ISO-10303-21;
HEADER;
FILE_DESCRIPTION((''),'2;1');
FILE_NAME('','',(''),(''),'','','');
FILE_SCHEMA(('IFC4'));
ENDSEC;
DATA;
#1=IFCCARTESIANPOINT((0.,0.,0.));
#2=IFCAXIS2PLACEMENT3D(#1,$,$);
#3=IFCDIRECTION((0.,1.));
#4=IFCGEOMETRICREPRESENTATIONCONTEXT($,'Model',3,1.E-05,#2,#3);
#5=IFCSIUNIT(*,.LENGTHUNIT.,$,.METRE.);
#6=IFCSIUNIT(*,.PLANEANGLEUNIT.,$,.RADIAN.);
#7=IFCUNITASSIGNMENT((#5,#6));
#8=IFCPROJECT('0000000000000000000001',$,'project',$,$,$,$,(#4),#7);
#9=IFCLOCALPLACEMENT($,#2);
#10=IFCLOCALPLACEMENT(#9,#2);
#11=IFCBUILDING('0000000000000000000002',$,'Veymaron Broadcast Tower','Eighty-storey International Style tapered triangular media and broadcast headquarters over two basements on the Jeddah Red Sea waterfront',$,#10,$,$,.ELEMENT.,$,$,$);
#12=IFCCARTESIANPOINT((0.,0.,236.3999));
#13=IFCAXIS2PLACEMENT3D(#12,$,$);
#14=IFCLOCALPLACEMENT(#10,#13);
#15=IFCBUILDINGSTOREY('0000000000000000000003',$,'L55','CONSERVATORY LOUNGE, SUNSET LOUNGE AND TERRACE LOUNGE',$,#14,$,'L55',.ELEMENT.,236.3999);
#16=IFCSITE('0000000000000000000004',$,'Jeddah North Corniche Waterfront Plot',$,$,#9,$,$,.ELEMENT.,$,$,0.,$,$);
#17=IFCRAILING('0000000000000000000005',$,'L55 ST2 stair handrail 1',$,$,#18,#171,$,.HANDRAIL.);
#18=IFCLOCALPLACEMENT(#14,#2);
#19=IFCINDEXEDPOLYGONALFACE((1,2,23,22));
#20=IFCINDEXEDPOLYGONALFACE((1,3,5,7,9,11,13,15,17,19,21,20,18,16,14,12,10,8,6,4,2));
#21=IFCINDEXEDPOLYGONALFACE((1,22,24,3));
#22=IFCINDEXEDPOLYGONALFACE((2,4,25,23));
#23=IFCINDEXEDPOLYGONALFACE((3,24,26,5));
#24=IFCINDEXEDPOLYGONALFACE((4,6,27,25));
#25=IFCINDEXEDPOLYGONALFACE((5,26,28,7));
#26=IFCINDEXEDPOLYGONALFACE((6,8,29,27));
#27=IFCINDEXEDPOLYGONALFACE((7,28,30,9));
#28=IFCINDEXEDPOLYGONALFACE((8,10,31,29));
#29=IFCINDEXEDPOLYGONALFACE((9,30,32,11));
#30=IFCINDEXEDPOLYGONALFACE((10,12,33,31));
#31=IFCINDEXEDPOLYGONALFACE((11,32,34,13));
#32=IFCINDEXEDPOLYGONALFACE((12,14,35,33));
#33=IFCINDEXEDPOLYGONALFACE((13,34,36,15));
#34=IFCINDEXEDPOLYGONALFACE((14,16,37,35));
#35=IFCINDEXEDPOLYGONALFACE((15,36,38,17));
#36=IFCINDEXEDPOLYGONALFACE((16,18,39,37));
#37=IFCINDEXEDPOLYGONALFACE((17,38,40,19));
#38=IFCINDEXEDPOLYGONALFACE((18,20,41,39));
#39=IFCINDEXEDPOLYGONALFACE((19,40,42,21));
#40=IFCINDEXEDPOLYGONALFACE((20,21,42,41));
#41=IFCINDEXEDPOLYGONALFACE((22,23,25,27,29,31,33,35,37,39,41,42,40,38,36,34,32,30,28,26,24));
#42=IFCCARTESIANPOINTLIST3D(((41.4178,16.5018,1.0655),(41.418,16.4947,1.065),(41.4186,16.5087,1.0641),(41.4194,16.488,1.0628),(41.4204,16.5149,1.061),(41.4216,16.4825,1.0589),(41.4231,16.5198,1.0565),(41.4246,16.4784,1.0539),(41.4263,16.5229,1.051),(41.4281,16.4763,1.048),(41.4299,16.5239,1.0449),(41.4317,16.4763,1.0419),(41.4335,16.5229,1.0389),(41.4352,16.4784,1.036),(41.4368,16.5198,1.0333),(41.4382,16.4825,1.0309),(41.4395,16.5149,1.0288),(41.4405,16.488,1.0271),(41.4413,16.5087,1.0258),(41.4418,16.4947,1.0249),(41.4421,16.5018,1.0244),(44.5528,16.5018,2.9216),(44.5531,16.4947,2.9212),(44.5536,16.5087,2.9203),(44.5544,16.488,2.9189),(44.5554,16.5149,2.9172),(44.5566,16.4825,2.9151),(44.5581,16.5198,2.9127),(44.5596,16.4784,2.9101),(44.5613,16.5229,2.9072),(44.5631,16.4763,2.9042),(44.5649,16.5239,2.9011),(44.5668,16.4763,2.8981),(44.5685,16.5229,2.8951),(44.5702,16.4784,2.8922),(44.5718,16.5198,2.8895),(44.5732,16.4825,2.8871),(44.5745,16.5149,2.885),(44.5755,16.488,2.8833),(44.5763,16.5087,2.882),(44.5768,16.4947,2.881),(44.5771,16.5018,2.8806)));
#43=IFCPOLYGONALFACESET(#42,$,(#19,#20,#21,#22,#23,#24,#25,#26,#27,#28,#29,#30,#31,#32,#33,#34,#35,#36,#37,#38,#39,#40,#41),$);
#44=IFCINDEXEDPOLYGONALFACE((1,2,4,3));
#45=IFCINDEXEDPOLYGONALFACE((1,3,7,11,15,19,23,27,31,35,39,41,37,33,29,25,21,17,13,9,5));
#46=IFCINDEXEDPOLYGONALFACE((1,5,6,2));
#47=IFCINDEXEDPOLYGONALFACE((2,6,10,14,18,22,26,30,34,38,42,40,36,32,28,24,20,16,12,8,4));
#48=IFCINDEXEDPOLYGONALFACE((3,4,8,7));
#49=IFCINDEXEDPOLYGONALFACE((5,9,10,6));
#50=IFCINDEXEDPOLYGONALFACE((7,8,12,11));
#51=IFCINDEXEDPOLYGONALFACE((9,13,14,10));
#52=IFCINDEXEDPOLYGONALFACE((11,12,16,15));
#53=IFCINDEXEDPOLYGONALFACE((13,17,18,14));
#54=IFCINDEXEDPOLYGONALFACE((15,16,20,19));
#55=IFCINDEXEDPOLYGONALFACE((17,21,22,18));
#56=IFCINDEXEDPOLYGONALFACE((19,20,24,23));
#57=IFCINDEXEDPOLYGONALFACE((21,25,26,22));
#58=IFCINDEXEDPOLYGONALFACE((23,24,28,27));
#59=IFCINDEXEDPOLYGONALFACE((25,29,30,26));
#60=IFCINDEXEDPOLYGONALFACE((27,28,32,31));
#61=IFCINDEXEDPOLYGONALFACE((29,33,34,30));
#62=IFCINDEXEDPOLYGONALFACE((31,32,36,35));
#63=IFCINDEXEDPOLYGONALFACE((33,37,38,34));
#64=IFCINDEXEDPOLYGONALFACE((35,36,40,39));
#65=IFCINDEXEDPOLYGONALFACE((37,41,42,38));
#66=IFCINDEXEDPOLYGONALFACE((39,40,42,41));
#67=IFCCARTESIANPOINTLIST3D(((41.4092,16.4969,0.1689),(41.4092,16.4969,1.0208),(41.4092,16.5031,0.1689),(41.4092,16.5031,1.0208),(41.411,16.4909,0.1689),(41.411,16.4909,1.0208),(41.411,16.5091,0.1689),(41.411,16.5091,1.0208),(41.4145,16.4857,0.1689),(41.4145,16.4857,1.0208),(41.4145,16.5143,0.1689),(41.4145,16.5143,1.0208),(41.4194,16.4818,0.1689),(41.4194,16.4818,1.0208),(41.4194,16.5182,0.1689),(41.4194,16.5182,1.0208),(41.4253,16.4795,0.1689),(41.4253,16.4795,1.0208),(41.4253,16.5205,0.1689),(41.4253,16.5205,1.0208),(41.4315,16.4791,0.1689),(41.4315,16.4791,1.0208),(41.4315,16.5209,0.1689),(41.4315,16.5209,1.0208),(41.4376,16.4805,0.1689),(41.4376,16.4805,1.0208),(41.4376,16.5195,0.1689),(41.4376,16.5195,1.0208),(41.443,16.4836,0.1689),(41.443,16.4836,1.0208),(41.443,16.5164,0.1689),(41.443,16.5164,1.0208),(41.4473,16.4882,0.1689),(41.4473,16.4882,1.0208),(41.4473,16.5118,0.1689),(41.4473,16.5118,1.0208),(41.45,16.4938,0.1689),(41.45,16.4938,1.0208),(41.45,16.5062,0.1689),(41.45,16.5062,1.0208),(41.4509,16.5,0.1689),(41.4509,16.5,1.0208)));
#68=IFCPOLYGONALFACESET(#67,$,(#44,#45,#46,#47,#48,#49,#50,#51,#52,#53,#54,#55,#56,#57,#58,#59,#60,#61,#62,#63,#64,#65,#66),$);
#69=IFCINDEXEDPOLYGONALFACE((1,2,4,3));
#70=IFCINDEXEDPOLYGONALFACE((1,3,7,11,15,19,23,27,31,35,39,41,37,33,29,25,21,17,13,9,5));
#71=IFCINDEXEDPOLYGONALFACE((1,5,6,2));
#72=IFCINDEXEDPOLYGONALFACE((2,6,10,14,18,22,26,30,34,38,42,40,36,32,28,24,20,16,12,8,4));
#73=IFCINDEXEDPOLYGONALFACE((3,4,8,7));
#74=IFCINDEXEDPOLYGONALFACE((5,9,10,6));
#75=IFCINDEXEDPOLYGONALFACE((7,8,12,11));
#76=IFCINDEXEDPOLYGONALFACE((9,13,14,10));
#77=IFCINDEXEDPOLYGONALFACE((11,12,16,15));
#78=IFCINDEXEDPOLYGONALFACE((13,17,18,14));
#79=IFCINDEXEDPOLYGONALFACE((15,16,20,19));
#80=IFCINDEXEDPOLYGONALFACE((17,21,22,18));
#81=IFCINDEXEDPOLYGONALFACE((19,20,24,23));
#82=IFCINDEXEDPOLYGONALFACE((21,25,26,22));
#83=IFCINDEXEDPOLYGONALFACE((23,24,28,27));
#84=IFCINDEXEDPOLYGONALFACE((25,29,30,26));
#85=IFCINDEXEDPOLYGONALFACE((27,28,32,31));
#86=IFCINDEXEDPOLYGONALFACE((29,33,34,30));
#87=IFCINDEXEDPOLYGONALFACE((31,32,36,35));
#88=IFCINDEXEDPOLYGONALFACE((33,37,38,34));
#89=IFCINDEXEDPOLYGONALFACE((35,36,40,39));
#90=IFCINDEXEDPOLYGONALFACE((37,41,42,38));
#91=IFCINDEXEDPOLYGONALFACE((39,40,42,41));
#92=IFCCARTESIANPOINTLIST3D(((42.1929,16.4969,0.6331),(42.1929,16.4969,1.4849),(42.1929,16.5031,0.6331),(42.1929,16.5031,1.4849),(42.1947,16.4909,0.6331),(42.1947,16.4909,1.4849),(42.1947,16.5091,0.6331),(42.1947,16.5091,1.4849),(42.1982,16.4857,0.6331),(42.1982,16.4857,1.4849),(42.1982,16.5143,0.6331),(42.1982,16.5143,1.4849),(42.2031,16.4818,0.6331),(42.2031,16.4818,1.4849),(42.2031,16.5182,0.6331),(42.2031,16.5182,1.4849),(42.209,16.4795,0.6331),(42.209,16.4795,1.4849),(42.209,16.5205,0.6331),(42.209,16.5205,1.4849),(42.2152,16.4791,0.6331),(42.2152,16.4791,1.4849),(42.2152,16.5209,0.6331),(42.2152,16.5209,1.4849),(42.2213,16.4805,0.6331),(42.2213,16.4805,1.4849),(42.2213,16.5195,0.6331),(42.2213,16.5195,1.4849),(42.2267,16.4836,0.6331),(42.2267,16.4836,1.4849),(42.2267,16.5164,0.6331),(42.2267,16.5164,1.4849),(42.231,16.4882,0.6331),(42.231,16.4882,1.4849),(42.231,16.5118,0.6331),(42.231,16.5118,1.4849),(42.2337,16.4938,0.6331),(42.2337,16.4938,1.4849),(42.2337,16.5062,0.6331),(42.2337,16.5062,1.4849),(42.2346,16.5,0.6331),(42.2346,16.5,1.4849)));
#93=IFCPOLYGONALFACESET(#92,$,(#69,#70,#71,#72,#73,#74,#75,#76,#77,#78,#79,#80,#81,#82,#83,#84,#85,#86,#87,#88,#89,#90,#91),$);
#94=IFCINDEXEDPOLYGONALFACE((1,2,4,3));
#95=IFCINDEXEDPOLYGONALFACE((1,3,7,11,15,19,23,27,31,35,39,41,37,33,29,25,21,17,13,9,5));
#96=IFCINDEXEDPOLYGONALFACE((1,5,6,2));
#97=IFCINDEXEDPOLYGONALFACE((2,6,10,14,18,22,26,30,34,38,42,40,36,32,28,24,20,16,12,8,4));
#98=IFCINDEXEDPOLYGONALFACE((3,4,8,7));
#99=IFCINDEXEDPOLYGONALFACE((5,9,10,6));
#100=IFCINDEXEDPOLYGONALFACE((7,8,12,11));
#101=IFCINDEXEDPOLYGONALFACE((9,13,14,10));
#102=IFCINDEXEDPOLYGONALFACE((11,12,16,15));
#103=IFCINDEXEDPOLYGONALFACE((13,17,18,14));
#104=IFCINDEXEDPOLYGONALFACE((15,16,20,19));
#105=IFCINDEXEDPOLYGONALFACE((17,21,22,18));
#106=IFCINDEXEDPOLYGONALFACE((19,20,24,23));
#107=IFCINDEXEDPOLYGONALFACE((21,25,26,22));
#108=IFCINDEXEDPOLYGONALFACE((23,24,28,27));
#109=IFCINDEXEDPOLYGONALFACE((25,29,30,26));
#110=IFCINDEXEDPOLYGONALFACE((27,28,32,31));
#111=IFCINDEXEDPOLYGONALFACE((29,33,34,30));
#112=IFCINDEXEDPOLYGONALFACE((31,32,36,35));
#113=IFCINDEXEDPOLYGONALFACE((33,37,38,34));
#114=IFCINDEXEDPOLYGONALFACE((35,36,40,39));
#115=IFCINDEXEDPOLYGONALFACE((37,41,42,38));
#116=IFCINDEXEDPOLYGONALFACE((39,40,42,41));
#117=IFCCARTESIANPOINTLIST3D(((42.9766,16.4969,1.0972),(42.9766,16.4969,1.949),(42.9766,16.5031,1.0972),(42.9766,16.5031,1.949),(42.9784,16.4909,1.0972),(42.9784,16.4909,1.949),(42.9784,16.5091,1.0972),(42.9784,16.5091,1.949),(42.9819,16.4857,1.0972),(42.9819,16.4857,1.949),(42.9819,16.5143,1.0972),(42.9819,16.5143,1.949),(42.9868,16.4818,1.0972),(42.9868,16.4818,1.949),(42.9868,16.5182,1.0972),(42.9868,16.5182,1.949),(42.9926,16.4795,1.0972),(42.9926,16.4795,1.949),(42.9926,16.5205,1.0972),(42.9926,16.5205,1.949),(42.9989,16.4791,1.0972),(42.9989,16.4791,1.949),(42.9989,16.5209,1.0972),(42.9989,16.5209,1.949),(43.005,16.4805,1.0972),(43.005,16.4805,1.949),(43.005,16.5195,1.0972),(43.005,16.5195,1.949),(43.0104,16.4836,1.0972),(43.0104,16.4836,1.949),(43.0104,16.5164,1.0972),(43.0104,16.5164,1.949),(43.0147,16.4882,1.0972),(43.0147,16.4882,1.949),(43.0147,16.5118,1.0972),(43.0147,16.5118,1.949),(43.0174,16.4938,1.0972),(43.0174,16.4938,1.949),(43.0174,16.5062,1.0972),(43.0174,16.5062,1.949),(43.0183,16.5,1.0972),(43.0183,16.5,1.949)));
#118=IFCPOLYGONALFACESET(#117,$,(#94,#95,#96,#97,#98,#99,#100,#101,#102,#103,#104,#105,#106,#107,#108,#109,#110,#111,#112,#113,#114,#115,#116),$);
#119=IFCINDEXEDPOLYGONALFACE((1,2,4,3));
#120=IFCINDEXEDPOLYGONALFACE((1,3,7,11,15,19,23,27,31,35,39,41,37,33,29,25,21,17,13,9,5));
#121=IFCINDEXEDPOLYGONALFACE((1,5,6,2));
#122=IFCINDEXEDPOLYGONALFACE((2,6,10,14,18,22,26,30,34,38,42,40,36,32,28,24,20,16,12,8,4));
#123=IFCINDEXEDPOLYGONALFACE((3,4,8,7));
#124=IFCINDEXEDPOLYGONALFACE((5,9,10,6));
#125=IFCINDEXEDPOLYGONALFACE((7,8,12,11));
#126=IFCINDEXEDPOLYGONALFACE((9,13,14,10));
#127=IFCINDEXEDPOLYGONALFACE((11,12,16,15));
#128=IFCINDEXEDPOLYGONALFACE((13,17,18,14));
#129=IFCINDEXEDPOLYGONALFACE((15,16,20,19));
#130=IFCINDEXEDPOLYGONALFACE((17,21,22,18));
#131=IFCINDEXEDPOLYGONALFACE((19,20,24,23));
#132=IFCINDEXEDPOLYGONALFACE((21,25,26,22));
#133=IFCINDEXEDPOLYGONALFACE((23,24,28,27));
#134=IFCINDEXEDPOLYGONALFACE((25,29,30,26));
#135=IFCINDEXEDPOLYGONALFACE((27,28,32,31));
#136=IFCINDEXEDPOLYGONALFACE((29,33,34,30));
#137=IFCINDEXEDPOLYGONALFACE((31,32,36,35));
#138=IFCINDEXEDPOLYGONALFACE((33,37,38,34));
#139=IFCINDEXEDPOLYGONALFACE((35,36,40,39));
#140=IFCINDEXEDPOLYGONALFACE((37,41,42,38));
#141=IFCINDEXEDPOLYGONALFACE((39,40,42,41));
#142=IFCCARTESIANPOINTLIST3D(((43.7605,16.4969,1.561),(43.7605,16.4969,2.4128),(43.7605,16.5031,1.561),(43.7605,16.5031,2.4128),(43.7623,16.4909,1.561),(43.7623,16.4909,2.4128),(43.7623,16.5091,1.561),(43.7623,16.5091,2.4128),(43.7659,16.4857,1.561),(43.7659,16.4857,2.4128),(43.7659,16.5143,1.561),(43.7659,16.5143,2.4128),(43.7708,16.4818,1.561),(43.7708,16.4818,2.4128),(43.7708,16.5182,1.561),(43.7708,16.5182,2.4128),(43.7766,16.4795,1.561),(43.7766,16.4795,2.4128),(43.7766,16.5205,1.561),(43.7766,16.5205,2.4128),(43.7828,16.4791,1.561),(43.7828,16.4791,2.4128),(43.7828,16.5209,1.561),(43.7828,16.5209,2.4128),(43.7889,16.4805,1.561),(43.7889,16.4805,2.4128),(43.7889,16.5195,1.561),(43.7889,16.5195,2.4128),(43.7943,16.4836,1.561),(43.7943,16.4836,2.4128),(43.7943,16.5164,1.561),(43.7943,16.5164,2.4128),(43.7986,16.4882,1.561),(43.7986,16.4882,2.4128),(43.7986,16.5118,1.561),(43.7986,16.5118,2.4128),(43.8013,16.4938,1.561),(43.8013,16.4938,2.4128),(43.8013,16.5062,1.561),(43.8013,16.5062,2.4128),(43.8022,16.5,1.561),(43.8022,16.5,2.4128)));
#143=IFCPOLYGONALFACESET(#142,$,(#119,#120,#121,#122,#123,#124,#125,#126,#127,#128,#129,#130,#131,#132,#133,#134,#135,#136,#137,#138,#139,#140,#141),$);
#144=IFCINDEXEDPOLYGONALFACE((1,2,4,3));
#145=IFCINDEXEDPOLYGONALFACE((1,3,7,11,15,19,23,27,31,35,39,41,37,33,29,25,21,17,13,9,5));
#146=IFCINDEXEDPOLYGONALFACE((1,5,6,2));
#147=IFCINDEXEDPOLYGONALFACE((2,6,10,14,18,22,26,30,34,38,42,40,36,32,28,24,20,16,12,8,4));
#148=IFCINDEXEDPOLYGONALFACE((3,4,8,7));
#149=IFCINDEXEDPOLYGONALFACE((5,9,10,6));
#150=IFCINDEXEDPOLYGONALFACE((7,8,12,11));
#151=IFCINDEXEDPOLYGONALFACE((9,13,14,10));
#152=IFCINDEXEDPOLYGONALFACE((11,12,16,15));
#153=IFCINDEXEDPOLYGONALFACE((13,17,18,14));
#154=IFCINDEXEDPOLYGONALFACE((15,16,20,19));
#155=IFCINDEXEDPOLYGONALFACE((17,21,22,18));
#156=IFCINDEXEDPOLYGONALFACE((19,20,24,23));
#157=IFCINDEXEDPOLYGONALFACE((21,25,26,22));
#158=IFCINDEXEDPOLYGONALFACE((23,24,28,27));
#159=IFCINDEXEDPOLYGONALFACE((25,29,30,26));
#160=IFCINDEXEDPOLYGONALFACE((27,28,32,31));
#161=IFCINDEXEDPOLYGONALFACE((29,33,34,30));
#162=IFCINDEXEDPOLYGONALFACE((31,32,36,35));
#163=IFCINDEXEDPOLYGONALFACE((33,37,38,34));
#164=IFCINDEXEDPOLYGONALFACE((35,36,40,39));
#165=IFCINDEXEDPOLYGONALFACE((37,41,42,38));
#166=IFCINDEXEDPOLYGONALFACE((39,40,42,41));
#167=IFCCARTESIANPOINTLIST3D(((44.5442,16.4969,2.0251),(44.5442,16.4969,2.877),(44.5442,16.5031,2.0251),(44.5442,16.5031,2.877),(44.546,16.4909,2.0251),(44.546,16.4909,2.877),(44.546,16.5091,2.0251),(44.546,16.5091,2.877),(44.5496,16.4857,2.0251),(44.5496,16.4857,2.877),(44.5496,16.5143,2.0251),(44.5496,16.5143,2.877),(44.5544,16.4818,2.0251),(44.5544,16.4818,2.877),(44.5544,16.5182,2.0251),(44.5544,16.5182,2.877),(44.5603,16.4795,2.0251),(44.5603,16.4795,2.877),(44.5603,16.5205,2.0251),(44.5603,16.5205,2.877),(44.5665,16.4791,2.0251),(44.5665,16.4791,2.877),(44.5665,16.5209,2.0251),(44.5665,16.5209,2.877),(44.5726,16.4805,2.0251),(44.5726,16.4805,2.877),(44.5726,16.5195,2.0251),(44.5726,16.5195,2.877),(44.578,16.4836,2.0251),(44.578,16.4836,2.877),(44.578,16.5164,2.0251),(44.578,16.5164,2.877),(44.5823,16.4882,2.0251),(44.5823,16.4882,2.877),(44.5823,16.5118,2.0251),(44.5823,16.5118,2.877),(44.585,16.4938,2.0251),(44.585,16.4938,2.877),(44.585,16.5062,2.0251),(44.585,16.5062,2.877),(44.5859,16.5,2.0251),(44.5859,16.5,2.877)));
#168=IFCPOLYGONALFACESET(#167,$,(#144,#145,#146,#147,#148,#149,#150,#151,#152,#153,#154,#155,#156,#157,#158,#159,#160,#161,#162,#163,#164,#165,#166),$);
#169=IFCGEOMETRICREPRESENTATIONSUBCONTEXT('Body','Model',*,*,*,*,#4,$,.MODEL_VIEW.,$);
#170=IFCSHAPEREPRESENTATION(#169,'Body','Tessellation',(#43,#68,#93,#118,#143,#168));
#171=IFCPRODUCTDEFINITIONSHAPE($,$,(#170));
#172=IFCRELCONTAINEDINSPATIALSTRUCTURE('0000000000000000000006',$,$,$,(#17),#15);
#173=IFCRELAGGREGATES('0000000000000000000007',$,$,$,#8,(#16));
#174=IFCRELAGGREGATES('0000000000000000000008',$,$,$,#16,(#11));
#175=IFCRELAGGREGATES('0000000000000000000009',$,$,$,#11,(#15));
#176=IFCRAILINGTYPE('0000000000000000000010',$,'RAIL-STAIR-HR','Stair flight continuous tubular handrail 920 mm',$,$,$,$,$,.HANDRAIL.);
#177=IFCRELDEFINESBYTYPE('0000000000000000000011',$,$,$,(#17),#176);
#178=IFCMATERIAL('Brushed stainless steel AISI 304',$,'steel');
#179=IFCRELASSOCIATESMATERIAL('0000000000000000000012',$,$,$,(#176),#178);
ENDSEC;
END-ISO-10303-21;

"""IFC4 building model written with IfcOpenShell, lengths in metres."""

from ifc_helpers import new_model, si_unit, direction, frame, origin, origin_2d, place, context, subcontext, project, spatial, circle, extrude, material, type_object, element, save


model = new_model("IFC4")

# Units and contexts
model_context = context("Model", 3, precision=1e-05, world=origin(), true_north=direction((0.0, 1.0)))
body_context = subcontext(model_context, "Body", "Model", "MODEL_VIEW")
ifc_project = project(units=[si_unit("LENGTHUNIT", "METRE"), si_unit("PLANEANGLEUNIT", "RADIAN")], contexts=[model_context])

# Site, building, storey
site_placement = place(None, origin())
site = spatial("IfcSite", under=ifc_project, at=site_placement, Name="Jeddah North Corniche Waterfront Plot", CompositionType="ELEMENT", RefElevation=0.0)
building_placement = place(site_placement, origin())
building = spatial("IfcBuilding", under=site, at=building_placement, Name="Veymaron Broadcast Tower", Description="Eighty-storey International Style tapered triangular media and broadcast headquarters over two basements on the Jeddah Red Sea waterfront", CompositionType="ELEMENT")
storey_placement = place(building_placement, frame((0.0, 0.0, 236.3999)))
storey = spatial("IfcBuildingStorey", under=building, at=storey_placement, Name="L55", Description="CONSERVATORY LOUNGE, SUNSET LOUNGE AND TERRACE LOUNGE", LongName="L55", CompositionType="ELEMENT", Elevation=236.3999)

# Shared definitions
ifc_material_1 = material(Name="Brushed stainless steel AISI 304", Category="steel")

# Railing
railing_type_1 = type_object("IfcRailingType", Name="RAIL-STAIR-HR", Description="Stair flight continuous tubular handrail 920 mm", PredefinedType="HANDRAIL", material=ifc_material_1)
railing_1_placement = place(storey_placement, frame((41.4299, 16.5, 0.1689)))
element("IfcRailing", 1, at=railing_1_placement, inside=storey, type_object=railing_type_1, Name="L55 ST2 stair handrail 1", PredefinedType="HANDRAIL", context=body_context, shape_type="SweptSolid", body=[
    extrude(circle(Radius=0.0239, at=origin_2d()), frame((0.0, 0.0, 0.876), z_axis=(0.860482, 0.0, 0.509481), x_axis=(0.0, 1.0, 0.0)), (0.0, 0.0, 1.0), 3.6433),
    extrude(circle(Radius=0.021, at=origin_2d()), origin(), (0.0, 0.0, 1.0), 0.8518),
    extrude(circle(Radius=0.021, at=origin_2d()), frame((0.7837, 0.0, 0.4641)), (0.0, 0.0, 1.0), 0.8518),
    extrude(circle(Radius=0.021, at=origin_2d()), frame((1.5674, 0.0, 0.9282)), (0.0, 0.0, 1.0), 0.8518),
    extrude(circle(Radius=0.021, at=origin_2d()), frame((2.3513, 0.0, 1.3921)), (0.0, 0.0, 1.0), 0.8518),
    extrude(circle(Radius=0.021, at=origin_2d()), frame((3.135, 0.0, 1.8562)), (0.0, 0.0, 1.0), 0.8518),
])

save(model, "model.ifc")
